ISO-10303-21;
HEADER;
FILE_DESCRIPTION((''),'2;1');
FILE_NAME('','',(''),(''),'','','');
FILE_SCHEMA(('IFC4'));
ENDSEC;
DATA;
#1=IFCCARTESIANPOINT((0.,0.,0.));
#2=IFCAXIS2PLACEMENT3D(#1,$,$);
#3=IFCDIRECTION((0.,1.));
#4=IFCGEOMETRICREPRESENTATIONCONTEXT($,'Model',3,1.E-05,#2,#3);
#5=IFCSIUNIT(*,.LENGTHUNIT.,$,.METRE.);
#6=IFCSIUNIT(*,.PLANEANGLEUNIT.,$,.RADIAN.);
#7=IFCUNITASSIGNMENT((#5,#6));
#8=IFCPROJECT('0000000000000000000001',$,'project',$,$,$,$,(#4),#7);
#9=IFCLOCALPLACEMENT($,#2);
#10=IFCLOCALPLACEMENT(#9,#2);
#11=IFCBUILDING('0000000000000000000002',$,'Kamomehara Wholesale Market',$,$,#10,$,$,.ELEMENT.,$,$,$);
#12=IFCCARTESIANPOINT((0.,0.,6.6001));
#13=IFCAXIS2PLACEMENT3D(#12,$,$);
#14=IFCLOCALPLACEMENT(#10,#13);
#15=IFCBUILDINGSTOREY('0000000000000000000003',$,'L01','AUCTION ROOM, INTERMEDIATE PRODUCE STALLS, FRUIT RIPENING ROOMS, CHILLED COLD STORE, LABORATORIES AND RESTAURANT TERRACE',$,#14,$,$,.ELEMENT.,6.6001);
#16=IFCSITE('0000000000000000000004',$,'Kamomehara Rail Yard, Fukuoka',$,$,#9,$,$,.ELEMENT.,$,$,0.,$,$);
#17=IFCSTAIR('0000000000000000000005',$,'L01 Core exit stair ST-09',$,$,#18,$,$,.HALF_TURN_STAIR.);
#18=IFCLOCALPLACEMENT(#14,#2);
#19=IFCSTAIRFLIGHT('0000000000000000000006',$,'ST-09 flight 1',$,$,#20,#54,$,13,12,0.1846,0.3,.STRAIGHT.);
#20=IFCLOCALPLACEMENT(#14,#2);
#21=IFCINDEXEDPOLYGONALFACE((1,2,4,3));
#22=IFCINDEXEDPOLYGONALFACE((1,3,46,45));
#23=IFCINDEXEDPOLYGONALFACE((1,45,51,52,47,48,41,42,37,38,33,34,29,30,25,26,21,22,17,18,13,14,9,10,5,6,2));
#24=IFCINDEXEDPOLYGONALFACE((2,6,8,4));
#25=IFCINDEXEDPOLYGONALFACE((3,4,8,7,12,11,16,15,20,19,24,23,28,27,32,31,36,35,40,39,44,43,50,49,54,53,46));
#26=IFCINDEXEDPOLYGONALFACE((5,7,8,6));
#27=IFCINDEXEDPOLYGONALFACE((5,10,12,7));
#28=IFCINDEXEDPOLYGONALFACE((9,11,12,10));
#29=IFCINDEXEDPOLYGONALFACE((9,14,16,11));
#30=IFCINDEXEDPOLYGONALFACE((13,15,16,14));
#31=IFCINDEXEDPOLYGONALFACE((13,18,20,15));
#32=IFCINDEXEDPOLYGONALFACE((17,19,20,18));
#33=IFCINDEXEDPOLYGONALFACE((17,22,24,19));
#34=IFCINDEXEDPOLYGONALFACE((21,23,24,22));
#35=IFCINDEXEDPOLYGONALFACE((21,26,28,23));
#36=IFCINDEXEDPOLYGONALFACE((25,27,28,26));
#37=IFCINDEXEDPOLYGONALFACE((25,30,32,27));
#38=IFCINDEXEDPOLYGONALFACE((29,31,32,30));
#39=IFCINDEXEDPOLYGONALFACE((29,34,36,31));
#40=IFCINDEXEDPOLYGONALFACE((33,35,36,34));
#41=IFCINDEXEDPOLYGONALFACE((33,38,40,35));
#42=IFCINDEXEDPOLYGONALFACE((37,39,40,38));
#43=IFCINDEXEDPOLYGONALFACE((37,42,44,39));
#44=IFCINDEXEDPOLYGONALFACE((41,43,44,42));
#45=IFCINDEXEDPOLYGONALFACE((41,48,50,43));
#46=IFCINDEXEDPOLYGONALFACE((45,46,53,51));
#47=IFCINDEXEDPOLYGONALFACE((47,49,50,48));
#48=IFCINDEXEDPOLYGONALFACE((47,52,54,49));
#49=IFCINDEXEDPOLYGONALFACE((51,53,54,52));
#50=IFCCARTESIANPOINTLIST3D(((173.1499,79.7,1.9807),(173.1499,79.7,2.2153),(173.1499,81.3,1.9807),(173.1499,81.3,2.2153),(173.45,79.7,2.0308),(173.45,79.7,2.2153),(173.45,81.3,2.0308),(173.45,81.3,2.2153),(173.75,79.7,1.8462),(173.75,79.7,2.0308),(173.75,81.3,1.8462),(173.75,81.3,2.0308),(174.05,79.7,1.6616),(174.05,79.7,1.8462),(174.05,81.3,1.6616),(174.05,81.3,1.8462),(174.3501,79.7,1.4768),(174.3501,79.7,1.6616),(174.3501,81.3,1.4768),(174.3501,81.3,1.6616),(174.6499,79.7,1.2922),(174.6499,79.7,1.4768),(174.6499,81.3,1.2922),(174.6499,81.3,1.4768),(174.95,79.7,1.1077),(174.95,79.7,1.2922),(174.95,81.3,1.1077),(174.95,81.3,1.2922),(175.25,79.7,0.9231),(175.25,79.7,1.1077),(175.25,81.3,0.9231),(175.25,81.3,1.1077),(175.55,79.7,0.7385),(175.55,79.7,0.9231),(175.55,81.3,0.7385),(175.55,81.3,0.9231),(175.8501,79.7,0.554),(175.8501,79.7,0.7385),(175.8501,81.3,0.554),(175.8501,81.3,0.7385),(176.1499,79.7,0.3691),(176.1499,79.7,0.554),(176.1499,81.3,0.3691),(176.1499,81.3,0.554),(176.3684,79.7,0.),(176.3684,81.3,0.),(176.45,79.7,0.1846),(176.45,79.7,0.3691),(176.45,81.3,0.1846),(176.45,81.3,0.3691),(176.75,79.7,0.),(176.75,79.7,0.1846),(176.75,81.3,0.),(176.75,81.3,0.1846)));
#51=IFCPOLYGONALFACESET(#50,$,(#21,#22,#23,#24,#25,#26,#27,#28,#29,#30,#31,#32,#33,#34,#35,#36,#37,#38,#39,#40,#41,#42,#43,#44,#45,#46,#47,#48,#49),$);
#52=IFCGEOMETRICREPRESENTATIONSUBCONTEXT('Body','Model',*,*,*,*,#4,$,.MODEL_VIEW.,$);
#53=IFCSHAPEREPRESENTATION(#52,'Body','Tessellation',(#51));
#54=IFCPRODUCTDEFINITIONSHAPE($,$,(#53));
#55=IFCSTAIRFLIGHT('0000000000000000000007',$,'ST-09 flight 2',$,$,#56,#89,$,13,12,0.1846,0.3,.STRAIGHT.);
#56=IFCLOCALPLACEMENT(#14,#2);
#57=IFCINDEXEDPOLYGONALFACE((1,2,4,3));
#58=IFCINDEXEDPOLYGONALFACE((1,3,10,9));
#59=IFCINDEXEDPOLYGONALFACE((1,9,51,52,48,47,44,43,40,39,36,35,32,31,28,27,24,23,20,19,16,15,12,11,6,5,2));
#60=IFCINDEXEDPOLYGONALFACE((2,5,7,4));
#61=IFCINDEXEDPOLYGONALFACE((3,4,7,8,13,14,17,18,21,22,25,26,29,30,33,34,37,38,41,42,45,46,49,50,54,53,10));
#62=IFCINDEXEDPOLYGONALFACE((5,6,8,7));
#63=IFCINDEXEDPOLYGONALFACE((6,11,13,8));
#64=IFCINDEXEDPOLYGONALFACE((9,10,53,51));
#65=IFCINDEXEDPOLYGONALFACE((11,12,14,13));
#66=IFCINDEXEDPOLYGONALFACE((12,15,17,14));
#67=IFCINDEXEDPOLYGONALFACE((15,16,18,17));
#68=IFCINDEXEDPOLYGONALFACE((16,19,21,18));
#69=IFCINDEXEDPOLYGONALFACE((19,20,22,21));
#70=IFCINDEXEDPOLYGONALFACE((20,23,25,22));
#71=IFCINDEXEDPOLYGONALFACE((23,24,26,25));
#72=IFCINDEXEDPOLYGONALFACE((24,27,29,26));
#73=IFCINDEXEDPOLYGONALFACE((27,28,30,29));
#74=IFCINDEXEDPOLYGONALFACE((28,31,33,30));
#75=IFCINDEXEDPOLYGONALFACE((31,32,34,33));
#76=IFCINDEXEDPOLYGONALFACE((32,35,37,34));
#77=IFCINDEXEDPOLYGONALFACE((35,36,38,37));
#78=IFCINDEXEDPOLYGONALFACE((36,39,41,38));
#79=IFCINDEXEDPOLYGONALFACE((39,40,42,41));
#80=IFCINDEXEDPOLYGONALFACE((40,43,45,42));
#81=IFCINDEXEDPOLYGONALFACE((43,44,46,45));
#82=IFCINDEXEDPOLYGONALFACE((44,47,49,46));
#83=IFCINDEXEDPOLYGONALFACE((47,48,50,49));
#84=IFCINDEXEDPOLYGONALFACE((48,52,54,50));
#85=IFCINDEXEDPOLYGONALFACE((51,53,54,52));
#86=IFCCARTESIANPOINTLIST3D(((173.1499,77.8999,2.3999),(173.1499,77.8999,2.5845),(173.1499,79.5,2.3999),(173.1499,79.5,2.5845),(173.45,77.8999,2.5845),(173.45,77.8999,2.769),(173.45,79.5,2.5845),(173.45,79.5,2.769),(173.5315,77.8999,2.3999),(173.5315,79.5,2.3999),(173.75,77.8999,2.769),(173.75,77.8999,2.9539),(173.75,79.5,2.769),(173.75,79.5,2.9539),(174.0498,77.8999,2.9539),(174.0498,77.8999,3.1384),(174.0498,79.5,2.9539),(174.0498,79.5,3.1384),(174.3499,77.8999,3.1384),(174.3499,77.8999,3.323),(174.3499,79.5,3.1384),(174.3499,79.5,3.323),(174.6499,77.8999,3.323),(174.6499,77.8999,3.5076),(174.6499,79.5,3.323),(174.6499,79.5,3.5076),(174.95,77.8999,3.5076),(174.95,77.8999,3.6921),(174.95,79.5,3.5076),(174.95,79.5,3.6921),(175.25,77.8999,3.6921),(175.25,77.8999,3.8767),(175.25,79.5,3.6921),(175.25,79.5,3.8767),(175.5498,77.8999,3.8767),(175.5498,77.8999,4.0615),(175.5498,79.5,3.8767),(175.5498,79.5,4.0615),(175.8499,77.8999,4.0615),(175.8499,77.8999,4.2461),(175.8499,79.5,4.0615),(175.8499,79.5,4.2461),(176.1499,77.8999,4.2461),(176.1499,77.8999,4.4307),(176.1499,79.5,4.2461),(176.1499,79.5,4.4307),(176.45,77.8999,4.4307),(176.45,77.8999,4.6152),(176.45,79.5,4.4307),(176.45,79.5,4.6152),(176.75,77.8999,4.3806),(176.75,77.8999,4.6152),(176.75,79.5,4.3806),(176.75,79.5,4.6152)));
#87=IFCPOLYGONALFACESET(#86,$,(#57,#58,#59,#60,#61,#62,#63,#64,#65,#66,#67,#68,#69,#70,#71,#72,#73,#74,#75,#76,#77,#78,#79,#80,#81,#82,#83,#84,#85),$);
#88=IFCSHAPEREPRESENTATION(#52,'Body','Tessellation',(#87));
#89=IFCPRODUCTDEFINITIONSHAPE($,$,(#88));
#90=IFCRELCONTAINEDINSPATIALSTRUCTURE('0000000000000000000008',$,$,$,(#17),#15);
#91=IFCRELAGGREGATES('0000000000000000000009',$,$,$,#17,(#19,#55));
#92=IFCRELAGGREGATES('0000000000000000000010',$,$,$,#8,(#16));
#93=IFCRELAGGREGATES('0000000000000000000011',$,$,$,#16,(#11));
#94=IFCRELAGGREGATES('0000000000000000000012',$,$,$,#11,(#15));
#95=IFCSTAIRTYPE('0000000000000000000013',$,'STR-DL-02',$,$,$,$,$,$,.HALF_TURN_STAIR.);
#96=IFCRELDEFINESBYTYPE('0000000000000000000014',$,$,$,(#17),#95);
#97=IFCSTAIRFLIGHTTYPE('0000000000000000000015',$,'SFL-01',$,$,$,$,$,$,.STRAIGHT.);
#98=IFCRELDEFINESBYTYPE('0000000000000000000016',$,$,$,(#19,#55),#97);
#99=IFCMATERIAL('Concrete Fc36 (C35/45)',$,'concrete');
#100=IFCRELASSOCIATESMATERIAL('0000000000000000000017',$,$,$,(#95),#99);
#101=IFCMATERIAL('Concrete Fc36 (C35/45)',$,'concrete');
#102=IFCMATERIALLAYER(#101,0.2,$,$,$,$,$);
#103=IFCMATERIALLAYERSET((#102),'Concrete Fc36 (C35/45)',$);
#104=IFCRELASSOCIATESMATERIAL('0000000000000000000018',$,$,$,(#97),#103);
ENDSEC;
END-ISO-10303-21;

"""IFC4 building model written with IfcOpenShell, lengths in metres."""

from ifc_helpers import new_model, si_unit, direction, frame, origin, place, context, subcontext, project, spatial, polyline, outline, extrude, material, layer, layer_set, type_object, element, aggregate, save


model = new_model("IFC4")

# Units and contexts
model_context = context("Model", 3, precision=1e-05, world=origin(), true_north=direction((0.0, 1.0)))
body_context = subcontext(model_context, "Body", "Model", "MODEL_VIEW")
ifc_project = project(units=[si_unit("LENGTHUNIT", "METRE"), si_unit("PLANEANGLEUNIT", "RADIAN")], contexts=[model_context])

# Site, building, storey
site_placement = place(None, origin())
site = spatial("IfcSite", under=ifc_project, at=site_placement, Name="Kamomehara Rail Yard, Fukuoka", CompositionType="ELEMENT", RefElevation=0.0)
building_placement = place(site_placement, origin())
building = spatial("IfcBuilding", under=site, at=building_placement, Name="Kamomehara Wholesale Market", CompositionType="ELEMENT")
storey_placement = place(building_placement, frame((0.0, 0.0, 6.6001)))
storey = spatial("IfcBuildingStorey", under=building, at=storey_placement, Name="L01", Description="AUCTION ROOM, INTERMEDIATE PRODUCE STALLS, FRUIT RIPENING ROOMS, CHILLED COLD STORE, LABORATORIES AND RESTAURANT TERRACE", CompositionType="ELEMENT", Elevation=6.6001)

# Stair, stair flights
ifc_material_1 = material(Name="Concrete Fc36 (C35/45)", Category="concrete")
stair_type = type_object("IfcStairType", Name="STR-DL-02", PredefinedType="HALF_TURN_STAIR", material=ifc_material_1)
stair_placement = place(storey_placement, origin())
stair = element("IfcStair", 1, at=stair_placement, inside=storey, type_object=stair_type, Name="L01 Core exit stair ST-09", PredefinedType="HALF_TURN_STAIR")
ifc_material_2 = material(Name="Concrete Fc36 (C35/45)", Category="concrete")
ifc_layer_1 = layer(ifc_material_2, 0.2)
ifc_layer_set_1 = layer_set([ifc_layer_1], Name="Concrete Fc36 (C35/45)")
stair_flight_type = type_object("IfcStairFlightType", Name="SFL-01", PredefinedType="STRAIGHT", material=ifc_layer_set_1)
stair_flight_1_placement = place(storey_placement, frame((176.75, 80.5, 0.0), z_axis=(0.0, 0.0, 1.0), x_axis=(-1.0, 0.0, 0.0)))
stair_flight_1 = element("IfcStairFlight", 2, at=stair_flight_1_placement, type_object=stair_flight_type, Name="ST-09 flight 1", NumberOfRisers=13, NumberOfTreads=12, PredefinedType="STRAIGHT", RiserHeight=0.1846, TreadLength=0.3, context=body_context, shape_type="SweptSolid", body=[
    extrude(outline(polyline([(0.0, 0.0), (0.0, 0.1846), (0.3, 0.1846), (0.3, 0.3691), (0.6001, 0.3691), (0.6001, 0.554), (0.8999, 0.554), (0.8999, 0.7385), (1.2, 0.7385), (1.2, 0.9231), (1.5, 0.9231), (1.5, 1.1077), (1.8, 1.1077), (1.8, 1.2922), (2.1001, 1.2922), (2.1001, 1.4768), (2.3999, 1.4768), (2.3999, 1.6616), (2.7, 1.6616), (2.7, 1.8462), (3.0, 1.8462), (3.0, 2.0308), (3.3, 2.0308), (3.3, 2.2153), (3.6001, 2.2153), (3.6001, 2.3999), (3.6001, 1.9807), (0.3816, 0.0), (0.0, 0.0)])), frame((0.0, 0.8, 0.0), z_axis=(0.0, -1.0, 0.0), x_axis=(1.0, 0.0, 0.0)), (0.0, 0.0, 1.0), 1.6001),
])
stair_flight_2_placement = place(storey_placement, frame((173.1499, 78.7, 2.3999), z_axis=(0.0, 0.0, 1.0), x_axis=(1.0, 0.0, 0.0)))
stair_flight_2 = element("IfcStairFlight", 3, at=stair_flight_2_placement, type_object=stair_flight_type, Name="ST-09 flight 2", NumberOfRisers=13, NumberOfTreads=12, PredefinedType="STRAIGHT", RiserHeight=0.1846, TreadLength=0.3, context=body_context, shape_type="SweptSolid", body=[
    extrude(outline(polyline([(0.0, 0.0), (0.0, 0.1846), (0.3, 0.1846), (0.3, 0.3691), (0.6001, 0.3691), (0.6001, 0.554), (0.8999, 0.554), (0.8999, 0.7385), (1.2, 0.7385), (1.2, 0.9231), (1.5, 0.9231), (1.5, 1.1077), (1.8, 1.1077), (1.8, 1.2922), (2.1001, 1.2922), (2.1001, 1.4768), (2.3999, 1.4768), (2.3999, 1.6616), (2.7, 1.6616), (2.7, 1.8462), (3.0, 1.8462), (3.0, 2.0308), (3.3, 2.0308), (3.3, 2.2153), (3.6001, 2.2153), (3.6001, 2.3999), (3.6001, 1.9807), (0.3816, 0.0), (0.0, 0.0)])), frame((0.0, 0.8, 0.0), z_axis=(0.0, -1.0, 0.0), x_axis=(1.0, 0.0, 0.0)), (0.0, 0.0, 1.0), 1.6001),
])
aggregate(stair, [stair_flight_1, stair_flight_2])

save(model, "model.ifc")
